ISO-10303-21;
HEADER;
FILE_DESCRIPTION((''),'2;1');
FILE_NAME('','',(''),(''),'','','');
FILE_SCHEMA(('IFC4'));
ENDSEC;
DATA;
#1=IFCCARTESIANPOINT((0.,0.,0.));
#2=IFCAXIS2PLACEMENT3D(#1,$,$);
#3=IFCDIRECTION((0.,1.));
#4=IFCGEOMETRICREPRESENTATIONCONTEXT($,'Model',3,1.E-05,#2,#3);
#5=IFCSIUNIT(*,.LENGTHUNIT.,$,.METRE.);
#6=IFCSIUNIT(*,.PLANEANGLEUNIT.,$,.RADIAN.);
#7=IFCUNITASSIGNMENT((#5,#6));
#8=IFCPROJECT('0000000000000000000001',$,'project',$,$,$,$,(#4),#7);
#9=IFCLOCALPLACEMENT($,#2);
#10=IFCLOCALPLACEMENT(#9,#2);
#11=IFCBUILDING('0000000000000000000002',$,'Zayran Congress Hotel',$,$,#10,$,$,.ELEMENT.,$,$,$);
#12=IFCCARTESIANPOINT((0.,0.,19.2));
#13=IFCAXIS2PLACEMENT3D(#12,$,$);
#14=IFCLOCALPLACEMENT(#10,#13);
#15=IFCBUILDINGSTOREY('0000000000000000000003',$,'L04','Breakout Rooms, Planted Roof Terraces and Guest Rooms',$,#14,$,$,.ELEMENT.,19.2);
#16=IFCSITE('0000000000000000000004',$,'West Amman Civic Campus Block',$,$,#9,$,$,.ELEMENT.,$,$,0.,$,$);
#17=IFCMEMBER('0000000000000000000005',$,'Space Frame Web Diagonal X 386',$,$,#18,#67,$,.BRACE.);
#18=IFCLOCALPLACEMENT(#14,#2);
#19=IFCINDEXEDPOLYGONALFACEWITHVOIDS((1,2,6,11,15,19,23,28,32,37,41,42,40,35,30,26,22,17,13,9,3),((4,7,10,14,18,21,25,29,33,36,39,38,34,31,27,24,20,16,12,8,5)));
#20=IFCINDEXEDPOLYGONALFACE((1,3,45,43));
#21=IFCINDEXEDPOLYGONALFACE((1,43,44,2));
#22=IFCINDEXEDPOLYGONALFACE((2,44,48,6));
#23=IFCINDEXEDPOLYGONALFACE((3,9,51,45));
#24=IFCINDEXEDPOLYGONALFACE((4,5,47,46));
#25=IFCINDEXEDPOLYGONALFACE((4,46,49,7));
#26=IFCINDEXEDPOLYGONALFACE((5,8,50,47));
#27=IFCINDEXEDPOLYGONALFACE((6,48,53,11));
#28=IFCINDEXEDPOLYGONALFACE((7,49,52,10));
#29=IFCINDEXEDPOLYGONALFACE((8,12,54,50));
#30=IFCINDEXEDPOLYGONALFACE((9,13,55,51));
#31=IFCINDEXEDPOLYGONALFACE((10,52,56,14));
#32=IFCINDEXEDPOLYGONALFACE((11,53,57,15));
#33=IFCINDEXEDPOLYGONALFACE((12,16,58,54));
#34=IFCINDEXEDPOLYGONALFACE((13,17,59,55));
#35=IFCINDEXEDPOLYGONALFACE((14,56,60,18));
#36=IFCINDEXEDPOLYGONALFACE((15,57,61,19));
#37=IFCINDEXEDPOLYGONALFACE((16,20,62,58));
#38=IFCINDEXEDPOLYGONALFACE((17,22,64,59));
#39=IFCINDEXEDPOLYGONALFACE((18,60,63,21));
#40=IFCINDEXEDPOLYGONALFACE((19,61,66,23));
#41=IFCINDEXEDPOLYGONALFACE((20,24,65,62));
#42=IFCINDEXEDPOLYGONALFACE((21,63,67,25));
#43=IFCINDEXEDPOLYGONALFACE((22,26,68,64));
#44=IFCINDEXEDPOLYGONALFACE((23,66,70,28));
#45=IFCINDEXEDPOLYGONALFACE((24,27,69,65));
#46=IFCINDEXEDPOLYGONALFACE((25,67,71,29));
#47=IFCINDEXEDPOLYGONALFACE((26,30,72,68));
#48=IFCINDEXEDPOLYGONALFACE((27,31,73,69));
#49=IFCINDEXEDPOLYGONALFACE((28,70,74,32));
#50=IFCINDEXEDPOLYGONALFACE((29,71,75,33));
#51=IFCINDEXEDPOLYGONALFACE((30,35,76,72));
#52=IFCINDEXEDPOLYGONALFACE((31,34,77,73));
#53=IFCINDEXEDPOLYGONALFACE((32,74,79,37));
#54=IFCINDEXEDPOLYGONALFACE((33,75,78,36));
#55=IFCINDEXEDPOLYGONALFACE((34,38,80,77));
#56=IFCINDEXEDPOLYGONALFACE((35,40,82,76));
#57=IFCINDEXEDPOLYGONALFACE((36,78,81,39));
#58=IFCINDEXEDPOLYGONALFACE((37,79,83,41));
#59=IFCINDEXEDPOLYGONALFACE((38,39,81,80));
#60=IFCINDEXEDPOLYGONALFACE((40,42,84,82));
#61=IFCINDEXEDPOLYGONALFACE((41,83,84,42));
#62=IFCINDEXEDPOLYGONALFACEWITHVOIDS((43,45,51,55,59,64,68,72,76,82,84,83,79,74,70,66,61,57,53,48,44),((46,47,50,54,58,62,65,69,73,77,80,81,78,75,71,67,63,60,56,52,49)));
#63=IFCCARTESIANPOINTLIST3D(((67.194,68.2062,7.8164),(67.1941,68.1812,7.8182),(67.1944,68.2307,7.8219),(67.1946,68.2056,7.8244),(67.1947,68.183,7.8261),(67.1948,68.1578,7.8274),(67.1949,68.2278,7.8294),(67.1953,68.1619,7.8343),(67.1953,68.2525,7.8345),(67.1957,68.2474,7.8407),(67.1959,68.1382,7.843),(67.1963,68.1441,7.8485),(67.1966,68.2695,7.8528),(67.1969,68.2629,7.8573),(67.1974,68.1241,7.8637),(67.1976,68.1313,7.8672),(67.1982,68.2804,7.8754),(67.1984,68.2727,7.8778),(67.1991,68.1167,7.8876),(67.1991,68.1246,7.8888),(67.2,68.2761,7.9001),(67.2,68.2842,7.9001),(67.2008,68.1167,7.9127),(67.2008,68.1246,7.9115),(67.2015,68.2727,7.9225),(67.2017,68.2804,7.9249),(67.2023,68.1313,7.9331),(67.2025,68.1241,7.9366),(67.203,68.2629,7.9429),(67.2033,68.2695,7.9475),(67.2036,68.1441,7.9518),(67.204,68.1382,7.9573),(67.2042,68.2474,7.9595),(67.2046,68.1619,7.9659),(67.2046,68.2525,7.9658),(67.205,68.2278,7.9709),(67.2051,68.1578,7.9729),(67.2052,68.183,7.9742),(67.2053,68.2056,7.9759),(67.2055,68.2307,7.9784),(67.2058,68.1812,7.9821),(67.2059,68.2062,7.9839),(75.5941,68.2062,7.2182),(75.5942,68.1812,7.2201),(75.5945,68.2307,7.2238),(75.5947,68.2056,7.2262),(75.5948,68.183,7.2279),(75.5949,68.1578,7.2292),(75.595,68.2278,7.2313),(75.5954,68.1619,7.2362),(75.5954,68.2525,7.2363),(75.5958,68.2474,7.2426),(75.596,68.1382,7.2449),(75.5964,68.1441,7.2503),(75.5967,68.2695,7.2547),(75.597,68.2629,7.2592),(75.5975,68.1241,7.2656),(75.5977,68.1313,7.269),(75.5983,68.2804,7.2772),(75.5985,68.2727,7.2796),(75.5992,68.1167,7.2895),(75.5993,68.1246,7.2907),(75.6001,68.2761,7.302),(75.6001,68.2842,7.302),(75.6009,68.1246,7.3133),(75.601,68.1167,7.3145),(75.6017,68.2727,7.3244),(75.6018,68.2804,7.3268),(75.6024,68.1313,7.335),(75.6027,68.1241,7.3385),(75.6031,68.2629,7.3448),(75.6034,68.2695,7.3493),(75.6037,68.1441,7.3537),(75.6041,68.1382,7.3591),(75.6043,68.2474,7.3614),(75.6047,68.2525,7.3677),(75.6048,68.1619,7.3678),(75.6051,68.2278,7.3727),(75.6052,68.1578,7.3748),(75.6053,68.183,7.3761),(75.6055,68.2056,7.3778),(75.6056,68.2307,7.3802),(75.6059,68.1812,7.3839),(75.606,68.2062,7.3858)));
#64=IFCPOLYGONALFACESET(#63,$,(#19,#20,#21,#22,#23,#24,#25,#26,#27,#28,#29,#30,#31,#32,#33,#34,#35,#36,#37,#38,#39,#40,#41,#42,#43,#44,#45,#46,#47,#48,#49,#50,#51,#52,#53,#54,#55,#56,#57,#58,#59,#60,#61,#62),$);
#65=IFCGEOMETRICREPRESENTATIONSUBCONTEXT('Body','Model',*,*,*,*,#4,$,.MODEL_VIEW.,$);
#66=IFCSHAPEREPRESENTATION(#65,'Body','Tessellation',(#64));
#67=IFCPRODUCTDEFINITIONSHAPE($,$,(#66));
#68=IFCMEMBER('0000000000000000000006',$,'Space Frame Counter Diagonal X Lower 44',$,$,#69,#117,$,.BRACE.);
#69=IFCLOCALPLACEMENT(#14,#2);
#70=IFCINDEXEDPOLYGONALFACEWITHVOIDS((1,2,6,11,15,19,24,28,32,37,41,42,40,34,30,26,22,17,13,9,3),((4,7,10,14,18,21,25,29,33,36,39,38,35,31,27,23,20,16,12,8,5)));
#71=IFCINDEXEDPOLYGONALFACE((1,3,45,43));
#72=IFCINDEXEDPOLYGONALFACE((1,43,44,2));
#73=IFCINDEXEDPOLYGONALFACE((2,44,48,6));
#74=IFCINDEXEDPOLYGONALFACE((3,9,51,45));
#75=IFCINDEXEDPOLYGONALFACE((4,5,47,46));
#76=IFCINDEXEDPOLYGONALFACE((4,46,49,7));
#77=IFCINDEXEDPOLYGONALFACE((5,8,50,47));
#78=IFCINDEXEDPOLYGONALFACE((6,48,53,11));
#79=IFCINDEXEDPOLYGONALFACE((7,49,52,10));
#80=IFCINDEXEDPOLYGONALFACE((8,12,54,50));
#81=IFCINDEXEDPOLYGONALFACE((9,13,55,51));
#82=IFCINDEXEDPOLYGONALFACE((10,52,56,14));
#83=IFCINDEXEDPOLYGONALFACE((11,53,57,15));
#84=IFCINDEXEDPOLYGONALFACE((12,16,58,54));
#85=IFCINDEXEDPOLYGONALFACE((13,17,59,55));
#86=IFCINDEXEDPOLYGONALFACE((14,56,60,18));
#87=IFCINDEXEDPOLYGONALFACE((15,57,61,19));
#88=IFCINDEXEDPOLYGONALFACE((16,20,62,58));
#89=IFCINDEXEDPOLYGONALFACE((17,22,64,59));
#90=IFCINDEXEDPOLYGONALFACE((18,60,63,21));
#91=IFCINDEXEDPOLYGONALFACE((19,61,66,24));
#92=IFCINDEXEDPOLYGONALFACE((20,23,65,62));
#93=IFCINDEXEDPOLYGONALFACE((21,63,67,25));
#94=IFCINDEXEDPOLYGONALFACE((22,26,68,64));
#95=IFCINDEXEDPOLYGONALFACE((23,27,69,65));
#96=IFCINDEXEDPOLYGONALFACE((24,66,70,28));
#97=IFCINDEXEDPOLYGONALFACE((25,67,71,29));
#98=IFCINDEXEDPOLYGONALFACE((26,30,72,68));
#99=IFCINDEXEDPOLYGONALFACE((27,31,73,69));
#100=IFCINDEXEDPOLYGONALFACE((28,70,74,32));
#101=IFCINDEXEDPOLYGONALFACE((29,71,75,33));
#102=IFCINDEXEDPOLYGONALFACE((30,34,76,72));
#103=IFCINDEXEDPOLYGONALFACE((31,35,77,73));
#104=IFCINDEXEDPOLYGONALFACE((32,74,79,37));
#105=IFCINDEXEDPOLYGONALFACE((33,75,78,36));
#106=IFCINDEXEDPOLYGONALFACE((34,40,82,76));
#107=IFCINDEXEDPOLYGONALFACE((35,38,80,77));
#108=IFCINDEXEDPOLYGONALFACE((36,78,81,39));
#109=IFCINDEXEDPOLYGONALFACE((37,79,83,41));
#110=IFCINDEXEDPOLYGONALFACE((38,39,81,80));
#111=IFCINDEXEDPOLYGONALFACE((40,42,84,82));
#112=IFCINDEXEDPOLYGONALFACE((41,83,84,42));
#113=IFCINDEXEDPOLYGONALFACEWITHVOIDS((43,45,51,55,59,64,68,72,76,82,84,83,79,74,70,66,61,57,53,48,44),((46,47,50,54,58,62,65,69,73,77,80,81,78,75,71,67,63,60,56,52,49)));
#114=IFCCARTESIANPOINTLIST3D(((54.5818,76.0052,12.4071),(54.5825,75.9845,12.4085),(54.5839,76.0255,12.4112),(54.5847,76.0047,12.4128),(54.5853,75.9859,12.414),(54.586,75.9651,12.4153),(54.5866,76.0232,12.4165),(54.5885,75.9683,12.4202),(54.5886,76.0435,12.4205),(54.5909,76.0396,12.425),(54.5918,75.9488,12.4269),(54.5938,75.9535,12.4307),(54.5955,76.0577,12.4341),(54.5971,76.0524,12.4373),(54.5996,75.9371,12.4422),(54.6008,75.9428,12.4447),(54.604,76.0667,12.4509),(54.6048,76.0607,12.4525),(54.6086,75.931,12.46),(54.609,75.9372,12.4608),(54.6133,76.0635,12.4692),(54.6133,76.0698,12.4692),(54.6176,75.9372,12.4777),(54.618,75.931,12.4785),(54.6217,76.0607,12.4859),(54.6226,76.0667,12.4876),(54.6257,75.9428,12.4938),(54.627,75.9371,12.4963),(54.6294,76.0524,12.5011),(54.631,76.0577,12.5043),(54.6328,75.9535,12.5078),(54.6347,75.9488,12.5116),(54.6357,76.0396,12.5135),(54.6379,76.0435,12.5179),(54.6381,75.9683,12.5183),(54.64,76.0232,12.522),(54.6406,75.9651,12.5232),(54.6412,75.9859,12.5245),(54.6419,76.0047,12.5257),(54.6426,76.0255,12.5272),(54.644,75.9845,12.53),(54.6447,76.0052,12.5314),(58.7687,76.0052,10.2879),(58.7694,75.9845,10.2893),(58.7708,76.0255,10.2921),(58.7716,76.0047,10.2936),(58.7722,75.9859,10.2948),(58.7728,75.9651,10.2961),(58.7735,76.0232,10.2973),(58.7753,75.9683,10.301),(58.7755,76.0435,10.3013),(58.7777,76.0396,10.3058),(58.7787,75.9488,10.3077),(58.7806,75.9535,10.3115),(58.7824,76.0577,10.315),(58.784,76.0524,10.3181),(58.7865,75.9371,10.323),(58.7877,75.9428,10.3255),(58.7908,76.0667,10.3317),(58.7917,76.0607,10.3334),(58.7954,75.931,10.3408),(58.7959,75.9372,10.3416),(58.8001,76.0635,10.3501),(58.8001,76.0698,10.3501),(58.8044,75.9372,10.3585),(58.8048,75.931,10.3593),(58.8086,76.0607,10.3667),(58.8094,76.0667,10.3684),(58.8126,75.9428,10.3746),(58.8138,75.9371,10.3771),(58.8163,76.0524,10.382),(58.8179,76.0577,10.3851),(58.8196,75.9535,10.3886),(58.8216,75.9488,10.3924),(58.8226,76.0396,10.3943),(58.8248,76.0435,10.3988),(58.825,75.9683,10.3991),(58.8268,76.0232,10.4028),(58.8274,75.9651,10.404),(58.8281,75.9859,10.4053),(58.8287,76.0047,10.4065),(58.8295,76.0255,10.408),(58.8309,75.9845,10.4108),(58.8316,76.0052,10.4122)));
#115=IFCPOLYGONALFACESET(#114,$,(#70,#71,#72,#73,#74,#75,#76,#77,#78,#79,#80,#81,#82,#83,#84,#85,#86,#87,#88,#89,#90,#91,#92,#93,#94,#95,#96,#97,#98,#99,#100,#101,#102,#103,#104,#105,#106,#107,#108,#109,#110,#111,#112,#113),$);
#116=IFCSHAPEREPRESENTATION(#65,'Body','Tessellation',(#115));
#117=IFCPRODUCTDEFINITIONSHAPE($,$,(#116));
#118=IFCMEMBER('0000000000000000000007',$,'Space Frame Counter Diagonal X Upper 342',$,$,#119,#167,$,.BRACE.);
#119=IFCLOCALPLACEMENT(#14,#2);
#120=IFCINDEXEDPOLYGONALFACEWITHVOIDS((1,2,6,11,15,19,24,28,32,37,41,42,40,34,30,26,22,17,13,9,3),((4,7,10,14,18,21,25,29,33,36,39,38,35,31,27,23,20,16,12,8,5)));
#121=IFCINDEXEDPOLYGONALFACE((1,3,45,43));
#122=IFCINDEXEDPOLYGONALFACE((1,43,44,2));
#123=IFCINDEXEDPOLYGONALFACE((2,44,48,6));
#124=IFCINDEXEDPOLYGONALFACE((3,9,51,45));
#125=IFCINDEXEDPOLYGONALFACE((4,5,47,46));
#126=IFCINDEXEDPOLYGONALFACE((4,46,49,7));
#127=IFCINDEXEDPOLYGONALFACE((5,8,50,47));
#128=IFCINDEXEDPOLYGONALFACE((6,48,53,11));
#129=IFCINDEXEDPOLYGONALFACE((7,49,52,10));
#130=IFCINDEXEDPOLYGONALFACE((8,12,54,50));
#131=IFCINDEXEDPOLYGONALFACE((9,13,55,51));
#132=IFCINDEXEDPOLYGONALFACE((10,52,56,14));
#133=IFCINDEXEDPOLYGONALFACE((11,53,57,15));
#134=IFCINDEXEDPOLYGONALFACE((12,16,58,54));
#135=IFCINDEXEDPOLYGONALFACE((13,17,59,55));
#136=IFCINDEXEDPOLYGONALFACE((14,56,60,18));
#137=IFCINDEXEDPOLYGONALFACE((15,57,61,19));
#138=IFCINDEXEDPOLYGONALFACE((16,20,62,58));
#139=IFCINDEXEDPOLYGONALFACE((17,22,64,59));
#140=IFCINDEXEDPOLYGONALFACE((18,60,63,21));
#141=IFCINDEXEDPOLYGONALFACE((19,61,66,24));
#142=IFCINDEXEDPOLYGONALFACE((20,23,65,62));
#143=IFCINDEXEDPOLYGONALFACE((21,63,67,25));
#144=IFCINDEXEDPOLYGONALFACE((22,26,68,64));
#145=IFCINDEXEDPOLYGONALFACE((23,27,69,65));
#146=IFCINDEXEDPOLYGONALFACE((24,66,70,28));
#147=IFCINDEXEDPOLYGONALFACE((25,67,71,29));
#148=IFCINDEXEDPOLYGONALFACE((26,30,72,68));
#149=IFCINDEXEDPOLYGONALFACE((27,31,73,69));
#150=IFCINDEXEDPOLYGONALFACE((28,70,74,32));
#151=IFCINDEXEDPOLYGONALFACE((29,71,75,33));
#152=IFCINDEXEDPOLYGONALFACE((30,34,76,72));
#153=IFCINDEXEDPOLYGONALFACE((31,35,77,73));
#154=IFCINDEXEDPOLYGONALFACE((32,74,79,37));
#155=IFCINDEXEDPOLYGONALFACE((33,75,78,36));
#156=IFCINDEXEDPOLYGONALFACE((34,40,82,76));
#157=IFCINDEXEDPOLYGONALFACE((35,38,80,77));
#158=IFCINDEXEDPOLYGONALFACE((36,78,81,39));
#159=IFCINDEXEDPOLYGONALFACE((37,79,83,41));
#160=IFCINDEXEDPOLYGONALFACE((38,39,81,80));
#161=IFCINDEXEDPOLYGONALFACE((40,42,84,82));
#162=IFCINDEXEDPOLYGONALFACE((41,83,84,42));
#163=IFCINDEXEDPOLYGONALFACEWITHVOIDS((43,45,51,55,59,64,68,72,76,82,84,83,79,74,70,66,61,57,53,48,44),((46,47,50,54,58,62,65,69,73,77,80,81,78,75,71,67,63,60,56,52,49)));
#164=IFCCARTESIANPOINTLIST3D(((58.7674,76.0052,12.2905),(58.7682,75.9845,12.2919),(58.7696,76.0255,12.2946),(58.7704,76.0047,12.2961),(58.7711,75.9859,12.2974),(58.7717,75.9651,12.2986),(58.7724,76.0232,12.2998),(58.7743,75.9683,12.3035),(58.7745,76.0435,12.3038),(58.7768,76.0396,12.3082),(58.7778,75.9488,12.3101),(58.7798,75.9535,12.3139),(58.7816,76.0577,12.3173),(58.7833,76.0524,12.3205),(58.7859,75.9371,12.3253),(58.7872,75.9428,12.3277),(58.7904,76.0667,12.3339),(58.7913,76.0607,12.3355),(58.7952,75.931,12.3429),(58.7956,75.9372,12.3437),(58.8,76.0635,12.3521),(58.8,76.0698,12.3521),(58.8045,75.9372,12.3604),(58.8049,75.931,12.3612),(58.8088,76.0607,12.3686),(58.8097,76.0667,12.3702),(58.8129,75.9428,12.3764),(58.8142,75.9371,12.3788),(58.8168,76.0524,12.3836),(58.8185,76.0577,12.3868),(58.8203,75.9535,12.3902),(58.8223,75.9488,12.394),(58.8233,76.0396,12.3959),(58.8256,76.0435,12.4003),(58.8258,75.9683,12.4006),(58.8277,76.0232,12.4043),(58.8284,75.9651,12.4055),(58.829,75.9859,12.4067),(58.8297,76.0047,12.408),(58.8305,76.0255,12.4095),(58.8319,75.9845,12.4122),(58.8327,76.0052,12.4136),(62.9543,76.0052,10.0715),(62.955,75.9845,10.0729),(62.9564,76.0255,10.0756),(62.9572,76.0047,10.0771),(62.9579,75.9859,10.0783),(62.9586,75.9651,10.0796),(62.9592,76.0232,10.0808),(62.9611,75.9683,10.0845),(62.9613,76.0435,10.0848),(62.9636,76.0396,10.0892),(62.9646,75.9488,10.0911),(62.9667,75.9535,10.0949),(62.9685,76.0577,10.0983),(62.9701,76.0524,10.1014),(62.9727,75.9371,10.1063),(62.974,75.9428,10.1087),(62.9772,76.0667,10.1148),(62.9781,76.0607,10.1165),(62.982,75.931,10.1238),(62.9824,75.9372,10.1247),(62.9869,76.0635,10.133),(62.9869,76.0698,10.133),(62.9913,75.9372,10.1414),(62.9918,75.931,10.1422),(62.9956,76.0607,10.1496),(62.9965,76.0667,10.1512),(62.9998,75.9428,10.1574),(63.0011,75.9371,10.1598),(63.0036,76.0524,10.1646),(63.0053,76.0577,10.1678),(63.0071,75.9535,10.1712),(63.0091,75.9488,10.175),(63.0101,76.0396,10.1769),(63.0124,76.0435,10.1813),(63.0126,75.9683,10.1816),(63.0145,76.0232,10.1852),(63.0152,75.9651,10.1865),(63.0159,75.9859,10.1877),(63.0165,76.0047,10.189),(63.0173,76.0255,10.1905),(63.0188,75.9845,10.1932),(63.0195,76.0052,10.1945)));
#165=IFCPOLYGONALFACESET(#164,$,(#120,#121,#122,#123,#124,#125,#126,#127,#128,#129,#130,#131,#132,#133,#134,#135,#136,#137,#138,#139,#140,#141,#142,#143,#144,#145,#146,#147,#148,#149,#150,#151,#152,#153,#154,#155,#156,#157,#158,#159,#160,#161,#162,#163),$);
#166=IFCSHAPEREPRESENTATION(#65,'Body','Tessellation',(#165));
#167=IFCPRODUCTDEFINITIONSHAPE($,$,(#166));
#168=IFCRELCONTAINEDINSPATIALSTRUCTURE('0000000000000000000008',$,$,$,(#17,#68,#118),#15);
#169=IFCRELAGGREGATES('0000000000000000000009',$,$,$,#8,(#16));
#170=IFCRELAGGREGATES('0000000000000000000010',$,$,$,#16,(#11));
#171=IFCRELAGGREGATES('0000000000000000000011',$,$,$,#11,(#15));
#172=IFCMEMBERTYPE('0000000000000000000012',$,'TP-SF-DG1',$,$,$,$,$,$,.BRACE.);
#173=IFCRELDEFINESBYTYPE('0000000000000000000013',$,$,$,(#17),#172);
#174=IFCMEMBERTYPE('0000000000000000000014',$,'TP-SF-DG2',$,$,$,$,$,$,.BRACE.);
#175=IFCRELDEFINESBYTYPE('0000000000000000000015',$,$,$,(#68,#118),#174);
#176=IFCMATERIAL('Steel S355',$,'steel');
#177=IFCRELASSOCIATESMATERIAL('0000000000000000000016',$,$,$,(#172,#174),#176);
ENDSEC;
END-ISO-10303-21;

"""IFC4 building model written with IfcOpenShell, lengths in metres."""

from ifc_helpers import new_model, si_unit, direction, frame, origin, origin_2d, place, context, subcontext, project, spatial, hollow_circle, extrude, material, material_profile, profile_set, type_object, element, save


model = new_model("IFC4")

# Units and contexts
model_context = context("Model", 3, precision=1e-05, world=origin(), true_north=direction((0.0, 1.0)))
body_context = subcontext(model_context, "Body", "Model", "MODEL_VIEW")
ifc_project = project(units=[si_unit("LENGTHUNIT", "METRE"), si_unit("PLANEANGLEUNIT", "RADIAN")], contexts=[model_context])

# Site, building, storey
site_placement = place(None, origin())
site = spatial("IfcSite", under=ifc_project, at=site_placement, Name="West Amman Civic Campus Block", CompositionType="ELEMENT", RefElevation=0.0)
building_placement = place(site_placement, origin())
building = spatial("IfcBuilding", under=site, at=building_placement, Name="Zayran Congress Hotel", CompositionType="ELEMENT")
storey_placement = place(building_placement, frame((0.0, 0.0, 19.2)))
storey = spatial("IfcBuildingStorey", under=building, at=storey_placement, Name="L04", Description="Breakout Rooms, Planted Roof Terraces and Guest Rooms", CompositionType="ELEMENT", Elevation=19.2)

# Members
ifc_material_1 = material(Name="Steel S355", Category="steel")
ifc_material_profile_1 = material_profile(ifc_material_1, hollow_circle(Radius=0.0842, WallThickness=0.0081, at=origin_2d()), Name="CHS 168.3x8")
ifc_profile_set_1 = profile_set([ifc_material_profile_1], Name="Steel S355")
member_type_1 = type_object("IfcMemberType", Name="TP-SF-DG1", PredefinedType="BRACE", material=ifc_profile_set_1)
member_1_placement = place(storey_placement, frame((67.2, 68.2, 7.9001), z_axis=(0.997474, 0.0, -0.071027), x_axis=(0.0, 1.0, 0.0)))
element("IfcMember", 1, at=member_1_placement, inside=storey, type_object=member_type_1, Name="Space Frame Web Diagonal X 386", PredefinedType="BRACE", context=body_context, shape_type="SweptSolid", body=[
    extrude(hollow_circle(Radius=0.0842, WallThickness=0.0081, at=origin_2d()), origin(), (0.0, 0.0, 1.0), 8.4214),
])
ifc_material_profile_2 = material_profile(ifc_material_1, hollow_circle(Radius=0.0698, WallThickness=0.0063, at=origin_2d()), Name="CHS 139.7x6.3")
ifc_profile_set_2 = profile_set([ifc_material_profile_2], Name="Steel S355")
member_type_2 = type_object("IfcMemberType", Name="TP-SF-DG2", PredefinedType="BRACE", material=ifc_profile_set_2)
member_2_placement = place(storey_placement, frame((54.6133, 76.0, 12.4692), z_axis=(0.892221, 0.0, -0.451599), x_axis=(0.0, 1.0, 0.0)))
element("IfcMember", 2, at=member_2_placement, inside=storey, type_object=member_type_2, Name="Space Frame Counter Diagonal X Lower 44", PredefinedType="BRACE", context=body_context, shape_type="SweptSolid", body=[
    extrude(hollow_circle(Radius=0.0698, WallThickness=0.0063, at=origin_2d()), origin(), (0.0, 0.0, 1.0), 4.6926),
])
member_3_placement = place(storey_placement, frame((58.8, 76.0, 12.3521), z_axis=(0.883572, 0.0, -0.468295), x_axis=(0.0, 1.0, 0.0)))
element("IfcMember", 3, at=member_3_placement, inside=storey, type_object=member_type_2, Name="Space Frame Counter Diagonal X Upper 342", PredefinedType="BRACE", context=body_context, shape_type="SweptSolid", body=[
    extrude(hollow_circle(Radius=0.0698, WallThickness=0.0063, at=origin_2d()), origin(), (0.0, 0.0, 1.0), 4.7385),
])

save(model, "model.ifc")
